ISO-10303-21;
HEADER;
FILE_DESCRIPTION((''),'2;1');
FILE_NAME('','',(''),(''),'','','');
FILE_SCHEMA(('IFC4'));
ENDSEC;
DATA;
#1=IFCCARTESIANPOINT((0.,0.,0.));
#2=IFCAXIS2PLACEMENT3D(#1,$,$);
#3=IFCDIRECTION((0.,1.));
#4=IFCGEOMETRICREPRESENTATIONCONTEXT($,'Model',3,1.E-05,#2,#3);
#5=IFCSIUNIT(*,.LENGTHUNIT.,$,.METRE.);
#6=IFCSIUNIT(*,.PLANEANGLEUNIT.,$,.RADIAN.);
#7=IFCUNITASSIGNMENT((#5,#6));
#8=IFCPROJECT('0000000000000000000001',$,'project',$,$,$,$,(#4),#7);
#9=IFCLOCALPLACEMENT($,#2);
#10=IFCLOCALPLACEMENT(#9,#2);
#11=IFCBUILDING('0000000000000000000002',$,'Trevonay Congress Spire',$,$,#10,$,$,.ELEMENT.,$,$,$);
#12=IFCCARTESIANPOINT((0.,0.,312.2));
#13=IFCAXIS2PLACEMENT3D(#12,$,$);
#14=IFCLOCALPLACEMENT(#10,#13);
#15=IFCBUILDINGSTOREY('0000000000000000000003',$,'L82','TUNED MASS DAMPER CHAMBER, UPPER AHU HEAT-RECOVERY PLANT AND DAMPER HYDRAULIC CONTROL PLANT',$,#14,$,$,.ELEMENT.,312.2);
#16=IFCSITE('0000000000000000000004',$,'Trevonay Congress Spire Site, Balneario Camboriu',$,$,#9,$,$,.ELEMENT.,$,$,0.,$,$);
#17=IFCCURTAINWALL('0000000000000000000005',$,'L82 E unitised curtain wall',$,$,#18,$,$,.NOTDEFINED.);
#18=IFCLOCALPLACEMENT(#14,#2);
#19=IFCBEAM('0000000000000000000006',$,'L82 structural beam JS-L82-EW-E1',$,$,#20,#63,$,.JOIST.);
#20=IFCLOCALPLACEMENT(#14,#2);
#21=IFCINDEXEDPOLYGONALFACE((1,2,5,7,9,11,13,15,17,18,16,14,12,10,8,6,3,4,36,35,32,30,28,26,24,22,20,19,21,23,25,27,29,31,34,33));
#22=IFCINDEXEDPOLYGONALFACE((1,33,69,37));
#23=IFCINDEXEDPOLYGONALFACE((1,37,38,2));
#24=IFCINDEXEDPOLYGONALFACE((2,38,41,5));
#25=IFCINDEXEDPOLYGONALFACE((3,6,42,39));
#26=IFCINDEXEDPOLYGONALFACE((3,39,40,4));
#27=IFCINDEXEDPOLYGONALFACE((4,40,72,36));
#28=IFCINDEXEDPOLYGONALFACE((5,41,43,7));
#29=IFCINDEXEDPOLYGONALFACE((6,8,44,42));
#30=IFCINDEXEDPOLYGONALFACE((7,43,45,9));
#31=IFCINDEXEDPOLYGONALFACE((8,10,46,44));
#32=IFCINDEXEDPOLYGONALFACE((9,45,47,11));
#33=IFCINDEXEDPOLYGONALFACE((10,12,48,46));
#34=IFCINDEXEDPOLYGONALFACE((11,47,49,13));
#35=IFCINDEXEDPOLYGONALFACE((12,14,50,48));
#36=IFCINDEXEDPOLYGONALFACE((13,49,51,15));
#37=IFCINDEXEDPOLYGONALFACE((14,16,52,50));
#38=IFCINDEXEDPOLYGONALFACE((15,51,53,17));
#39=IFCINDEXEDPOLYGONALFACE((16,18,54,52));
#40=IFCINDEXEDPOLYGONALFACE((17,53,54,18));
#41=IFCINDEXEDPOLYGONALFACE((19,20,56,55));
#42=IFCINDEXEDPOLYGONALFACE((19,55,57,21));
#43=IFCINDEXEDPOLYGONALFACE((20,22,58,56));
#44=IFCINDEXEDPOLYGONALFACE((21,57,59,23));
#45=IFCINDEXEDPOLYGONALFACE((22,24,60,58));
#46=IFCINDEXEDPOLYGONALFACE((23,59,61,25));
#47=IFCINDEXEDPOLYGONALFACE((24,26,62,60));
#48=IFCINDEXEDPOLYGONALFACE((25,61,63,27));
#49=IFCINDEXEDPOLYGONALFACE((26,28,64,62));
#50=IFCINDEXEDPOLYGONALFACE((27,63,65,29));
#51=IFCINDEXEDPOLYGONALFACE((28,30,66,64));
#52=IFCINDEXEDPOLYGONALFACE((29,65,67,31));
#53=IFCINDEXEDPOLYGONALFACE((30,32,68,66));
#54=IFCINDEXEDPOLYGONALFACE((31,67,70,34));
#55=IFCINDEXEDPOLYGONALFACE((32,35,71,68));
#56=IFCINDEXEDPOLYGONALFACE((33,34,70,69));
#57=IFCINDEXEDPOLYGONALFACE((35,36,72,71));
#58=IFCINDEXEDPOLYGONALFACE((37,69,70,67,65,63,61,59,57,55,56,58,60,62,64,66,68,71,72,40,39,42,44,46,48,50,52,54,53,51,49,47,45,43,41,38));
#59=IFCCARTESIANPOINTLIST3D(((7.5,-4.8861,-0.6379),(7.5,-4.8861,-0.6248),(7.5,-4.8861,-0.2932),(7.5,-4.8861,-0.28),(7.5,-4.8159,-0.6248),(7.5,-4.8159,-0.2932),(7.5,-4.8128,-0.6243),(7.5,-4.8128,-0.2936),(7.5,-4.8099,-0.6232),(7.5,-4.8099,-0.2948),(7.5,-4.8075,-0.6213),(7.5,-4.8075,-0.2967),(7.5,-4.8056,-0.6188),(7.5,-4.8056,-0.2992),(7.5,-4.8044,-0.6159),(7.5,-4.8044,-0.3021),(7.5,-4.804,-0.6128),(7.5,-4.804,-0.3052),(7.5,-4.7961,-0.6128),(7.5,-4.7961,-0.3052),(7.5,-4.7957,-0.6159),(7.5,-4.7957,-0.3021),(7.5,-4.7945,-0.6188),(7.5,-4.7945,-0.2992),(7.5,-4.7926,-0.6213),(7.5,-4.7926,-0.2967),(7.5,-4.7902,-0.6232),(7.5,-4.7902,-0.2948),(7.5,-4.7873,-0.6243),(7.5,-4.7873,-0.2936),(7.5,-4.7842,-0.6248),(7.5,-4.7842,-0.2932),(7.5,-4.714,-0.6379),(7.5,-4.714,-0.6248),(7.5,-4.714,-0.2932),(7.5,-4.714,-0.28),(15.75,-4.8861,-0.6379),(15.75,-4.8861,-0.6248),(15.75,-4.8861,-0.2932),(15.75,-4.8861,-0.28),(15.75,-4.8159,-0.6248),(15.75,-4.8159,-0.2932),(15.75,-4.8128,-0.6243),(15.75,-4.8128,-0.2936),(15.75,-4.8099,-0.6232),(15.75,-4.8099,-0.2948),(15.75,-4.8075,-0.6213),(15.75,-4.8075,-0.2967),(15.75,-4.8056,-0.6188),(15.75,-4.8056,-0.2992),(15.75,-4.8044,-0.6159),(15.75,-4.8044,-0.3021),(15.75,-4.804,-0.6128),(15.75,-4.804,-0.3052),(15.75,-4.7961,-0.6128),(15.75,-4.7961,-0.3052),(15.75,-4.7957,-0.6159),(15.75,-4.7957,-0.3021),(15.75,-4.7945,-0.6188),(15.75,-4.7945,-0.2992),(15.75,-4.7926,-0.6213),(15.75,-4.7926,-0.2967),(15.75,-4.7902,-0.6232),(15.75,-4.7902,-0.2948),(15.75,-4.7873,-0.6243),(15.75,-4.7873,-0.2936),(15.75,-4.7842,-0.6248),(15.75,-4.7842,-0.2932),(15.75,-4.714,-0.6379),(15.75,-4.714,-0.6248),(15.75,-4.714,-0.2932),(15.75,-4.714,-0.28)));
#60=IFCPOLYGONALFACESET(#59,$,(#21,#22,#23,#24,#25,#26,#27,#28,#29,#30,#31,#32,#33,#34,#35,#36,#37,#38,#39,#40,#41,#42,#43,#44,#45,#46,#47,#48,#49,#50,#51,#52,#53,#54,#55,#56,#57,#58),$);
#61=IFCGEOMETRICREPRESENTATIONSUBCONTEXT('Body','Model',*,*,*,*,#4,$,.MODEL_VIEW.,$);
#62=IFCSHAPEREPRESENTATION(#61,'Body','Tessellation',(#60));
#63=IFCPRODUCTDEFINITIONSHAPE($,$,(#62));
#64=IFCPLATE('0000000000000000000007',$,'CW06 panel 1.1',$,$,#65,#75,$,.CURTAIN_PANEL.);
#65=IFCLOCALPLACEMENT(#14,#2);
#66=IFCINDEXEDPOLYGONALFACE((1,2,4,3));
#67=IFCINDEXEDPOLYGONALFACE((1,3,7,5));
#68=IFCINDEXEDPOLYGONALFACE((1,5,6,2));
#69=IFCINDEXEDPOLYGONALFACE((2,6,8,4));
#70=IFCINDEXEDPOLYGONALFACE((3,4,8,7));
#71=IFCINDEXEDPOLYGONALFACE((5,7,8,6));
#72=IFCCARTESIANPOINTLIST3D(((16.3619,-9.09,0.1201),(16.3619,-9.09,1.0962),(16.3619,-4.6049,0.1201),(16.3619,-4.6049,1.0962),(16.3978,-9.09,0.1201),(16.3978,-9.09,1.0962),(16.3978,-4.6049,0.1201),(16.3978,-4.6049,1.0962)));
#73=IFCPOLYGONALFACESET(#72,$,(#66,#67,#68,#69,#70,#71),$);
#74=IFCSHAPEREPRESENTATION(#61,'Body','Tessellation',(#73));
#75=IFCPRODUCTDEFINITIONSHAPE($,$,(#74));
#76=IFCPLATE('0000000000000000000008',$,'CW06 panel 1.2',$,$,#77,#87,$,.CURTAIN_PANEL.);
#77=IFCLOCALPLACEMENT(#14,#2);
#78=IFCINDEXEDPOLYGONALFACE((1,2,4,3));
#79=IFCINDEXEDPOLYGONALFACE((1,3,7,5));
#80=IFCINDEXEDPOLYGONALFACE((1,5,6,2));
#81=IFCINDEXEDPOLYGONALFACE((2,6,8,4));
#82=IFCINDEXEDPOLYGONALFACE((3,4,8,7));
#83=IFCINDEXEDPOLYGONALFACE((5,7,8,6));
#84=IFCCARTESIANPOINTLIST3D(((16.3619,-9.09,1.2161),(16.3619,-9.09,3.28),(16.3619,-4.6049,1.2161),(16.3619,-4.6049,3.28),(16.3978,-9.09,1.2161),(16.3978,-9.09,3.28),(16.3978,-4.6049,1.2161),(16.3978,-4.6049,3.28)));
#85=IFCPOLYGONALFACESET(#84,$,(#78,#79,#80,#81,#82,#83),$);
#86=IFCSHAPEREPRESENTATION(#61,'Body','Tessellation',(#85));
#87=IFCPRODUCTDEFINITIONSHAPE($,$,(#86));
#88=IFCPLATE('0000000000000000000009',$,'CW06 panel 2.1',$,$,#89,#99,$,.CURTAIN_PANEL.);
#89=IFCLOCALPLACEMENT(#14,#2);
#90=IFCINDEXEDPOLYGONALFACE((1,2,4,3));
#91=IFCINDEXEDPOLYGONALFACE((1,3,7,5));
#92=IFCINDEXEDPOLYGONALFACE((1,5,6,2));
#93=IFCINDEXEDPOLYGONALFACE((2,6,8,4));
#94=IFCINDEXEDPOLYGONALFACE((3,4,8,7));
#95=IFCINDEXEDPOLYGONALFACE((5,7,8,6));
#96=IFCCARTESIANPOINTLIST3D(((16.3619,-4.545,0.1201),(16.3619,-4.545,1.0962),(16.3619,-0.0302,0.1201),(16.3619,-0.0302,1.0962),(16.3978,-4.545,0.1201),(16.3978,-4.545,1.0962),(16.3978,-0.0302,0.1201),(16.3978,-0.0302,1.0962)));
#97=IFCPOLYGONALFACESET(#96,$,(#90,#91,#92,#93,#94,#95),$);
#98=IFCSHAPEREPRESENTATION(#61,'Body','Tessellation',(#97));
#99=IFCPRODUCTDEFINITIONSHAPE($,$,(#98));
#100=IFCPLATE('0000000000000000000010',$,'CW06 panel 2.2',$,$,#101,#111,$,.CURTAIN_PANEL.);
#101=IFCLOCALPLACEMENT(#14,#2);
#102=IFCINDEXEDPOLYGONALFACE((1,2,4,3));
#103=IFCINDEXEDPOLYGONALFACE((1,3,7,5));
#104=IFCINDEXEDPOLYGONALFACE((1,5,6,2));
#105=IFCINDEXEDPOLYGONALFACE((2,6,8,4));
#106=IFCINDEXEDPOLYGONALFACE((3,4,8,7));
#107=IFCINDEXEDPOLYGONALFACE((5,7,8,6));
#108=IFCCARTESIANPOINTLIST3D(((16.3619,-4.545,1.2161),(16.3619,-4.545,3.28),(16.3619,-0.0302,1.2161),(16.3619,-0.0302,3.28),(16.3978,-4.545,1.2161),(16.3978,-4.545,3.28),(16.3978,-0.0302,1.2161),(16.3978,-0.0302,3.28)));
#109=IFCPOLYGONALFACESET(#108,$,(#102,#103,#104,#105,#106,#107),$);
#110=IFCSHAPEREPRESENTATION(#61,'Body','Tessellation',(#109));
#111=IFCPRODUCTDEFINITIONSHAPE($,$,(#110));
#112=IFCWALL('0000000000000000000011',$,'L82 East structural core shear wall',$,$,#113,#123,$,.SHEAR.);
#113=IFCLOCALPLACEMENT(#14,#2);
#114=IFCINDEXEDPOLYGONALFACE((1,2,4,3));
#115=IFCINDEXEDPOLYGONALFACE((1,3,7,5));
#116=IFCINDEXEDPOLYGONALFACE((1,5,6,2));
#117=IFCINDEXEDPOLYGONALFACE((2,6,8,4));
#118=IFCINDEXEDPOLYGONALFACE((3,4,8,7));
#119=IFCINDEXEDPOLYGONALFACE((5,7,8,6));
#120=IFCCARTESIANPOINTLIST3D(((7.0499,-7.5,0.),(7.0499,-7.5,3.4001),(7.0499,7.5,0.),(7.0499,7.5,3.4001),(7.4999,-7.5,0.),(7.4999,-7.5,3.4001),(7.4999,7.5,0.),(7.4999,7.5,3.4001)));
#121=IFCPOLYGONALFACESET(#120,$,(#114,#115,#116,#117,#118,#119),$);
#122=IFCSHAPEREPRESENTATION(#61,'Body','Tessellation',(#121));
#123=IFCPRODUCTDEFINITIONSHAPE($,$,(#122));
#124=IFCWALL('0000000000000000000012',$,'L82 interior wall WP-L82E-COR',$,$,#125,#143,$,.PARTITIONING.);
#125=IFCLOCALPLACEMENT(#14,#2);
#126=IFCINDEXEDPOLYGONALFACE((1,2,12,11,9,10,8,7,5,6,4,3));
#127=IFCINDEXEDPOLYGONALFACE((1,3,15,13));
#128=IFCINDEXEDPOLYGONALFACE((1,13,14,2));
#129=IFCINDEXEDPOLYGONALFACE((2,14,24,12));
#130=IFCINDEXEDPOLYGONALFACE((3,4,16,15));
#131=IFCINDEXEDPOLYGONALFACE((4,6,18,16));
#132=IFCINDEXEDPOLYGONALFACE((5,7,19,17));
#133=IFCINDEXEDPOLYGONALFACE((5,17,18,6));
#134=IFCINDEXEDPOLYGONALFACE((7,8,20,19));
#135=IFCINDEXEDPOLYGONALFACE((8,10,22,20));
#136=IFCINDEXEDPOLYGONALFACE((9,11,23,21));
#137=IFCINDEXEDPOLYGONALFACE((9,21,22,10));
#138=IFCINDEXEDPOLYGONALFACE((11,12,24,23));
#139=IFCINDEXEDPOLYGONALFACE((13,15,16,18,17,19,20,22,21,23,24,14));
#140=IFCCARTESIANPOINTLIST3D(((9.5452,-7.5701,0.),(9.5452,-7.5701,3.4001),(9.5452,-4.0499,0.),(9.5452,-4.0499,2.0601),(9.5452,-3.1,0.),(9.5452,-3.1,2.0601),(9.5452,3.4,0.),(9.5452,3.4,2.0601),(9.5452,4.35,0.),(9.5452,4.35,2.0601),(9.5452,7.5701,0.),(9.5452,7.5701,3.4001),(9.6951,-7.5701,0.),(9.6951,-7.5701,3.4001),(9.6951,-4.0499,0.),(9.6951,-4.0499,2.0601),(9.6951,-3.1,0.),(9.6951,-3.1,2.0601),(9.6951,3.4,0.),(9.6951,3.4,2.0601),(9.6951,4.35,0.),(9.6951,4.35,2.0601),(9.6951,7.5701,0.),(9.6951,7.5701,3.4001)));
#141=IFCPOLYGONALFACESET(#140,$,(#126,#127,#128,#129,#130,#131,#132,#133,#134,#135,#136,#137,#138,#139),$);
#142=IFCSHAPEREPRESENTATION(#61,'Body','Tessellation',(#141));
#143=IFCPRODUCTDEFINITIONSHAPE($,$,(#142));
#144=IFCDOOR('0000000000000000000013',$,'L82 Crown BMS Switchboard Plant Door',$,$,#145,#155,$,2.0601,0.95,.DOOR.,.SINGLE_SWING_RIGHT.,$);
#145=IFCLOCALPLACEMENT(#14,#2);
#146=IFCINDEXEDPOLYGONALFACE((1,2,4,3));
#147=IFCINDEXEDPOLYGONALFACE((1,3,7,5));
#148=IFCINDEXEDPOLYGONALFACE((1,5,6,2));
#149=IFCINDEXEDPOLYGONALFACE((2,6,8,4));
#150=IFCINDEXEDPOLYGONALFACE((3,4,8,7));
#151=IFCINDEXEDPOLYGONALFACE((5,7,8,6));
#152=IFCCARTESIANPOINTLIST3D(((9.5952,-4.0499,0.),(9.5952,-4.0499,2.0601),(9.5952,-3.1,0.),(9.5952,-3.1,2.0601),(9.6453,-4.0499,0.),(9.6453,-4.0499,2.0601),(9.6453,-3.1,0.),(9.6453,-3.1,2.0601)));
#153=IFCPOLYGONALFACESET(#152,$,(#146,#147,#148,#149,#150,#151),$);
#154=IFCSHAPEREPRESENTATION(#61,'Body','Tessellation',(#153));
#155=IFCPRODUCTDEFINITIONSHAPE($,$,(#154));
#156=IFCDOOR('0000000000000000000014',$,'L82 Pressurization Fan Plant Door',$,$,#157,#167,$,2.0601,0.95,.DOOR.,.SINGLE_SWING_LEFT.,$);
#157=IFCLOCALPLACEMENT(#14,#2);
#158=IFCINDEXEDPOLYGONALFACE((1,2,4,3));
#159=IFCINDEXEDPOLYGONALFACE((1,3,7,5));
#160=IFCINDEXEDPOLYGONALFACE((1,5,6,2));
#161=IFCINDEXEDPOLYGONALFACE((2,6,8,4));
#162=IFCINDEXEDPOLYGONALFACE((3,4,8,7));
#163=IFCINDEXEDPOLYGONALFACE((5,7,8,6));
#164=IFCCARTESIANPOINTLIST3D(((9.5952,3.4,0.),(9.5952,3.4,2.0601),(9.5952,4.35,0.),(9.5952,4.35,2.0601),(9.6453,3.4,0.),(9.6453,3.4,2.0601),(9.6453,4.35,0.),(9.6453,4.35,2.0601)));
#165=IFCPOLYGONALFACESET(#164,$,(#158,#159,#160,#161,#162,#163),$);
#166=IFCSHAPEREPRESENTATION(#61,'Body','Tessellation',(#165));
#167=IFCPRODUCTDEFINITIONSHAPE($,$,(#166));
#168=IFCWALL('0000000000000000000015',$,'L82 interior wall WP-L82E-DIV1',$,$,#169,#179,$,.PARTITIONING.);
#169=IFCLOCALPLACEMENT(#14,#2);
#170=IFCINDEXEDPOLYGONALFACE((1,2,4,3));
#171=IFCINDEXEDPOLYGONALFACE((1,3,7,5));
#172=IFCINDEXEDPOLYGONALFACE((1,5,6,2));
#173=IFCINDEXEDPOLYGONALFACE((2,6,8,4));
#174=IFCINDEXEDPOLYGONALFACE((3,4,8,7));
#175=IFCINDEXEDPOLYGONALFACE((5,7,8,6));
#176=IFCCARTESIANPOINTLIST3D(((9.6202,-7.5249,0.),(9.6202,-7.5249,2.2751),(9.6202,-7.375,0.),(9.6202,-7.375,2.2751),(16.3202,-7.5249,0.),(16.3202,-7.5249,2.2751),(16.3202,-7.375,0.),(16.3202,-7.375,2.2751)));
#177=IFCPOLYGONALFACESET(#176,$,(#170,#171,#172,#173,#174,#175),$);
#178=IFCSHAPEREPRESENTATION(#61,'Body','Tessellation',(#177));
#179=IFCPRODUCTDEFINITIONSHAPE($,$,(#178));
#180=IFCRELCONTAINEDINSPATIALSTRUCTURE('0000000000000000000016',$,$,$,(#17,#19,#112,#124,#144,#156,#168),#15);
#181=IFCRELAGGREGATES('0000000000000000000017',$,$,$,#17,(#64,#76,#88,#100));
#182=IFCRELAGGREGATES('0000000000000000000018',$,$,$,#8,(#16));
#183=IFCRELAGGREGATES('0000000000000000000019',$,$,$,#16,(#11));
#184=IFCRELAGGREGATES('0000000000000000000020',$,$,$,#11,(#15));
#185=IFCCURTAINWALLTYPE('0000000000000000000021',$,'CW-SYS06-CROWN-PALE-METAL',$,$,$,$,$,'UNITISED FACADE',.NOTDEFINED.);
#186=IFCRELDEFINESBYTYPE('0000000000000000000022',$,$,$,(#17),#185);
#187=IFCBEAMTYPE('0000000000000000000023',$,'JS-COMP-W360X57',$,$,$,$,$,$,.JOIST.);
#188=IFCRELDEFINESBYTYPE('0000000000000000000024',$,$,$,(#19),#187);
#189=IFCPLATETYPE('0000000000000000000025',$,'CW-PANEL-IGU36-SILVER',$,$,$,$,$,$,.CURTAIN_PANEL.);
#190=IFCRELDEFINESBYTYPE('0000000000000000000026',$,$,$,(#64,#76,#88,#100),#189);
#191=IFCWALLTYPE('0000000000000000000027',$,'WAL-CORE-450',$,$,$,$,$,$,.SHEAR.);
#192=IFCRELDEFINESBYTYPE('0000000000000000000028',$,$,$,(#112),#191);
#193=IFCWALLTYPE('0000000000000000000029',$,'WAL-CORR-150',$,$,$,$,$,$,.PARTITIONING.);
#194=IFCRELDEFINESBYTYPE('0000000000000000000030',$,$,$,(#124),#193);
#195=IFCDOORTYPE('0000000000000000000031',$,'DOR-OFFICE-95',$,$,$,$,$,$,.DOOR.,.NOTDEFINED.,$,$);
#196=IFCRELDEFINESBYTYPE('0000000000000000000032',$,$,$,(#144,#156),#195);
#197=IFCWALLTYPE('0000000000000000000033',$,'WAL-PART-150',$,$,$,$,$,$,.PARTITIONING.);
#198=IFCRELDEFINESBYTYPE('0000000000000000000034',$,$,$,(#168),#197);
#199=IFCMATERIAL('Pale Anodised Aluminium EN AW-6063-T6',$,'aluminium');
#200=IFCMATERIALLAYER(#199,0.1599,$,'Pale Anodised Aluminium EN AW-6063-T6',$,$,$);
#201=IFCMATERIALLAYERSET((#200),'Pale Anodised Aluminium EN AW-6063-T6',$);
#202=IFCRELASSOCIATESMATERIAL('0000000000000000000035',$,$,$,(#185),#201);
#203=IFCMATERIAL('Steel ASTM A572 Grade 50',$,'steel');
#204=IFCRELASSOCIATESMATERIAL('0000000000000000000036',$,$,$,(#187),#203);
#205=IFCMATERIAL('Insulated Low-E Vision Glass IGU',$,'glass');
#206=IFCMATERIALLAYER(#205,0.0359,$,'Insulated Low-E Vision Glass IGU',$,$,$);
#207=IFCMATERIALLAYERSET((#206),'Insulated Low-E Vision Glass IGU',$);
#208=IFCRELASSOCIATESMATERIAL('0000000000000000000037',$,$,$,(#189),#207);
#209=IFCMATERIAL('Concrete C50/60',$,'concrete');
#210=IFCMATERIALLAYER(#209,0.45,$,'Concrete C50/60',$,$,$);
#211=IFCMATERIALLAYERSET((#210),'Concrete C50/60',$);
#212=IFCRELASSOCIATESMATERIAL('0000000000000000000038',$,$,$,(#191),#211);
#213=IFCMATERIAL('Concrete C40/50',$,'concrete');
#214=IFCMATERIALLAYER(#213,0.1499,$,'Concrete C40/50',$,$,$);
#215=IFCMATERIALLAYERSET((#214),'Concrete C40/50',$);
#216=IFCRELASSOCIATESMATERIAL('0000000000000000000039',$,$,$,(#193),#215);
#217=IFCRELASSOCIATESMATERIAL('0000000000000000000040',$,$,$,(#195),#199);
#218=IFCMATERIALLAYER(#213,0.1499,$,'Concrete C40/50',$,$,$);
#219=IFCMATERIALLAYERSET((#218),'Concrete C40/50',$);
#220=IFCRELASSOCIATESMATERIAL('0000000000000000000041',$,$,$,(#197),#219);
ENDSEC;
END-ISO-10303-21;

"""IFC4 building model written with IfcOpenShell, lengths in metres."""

from ifc_helpers import new_model, si_unit, direction, frame, frame_2d, origin, origin_2d, place, context, subcontext, project, spatial, rectangle, i_section, extrude, material, layer, layer_set, material_profile, profile_set, type_object, element, fill, aggregate, save


model = new_model("IFC4")

# Units and contexts
model_context = context("Model", 3, precision=1e-05, world=origin(), true_north=direction((0.0, 1.0)))
body_context = subcontext(model_context, "Body", "Model", "MODEL_VIEW")
ifc_project = project(units=[si_unit("LENGTHUNIT", "METRE"), si_unit("PLANEANGLEUNIT", "RADIAN")], contexts=[model_context])

# Site, building, storey
site_placement = place(None, origin())
site = spatial("IfcSite", under=ifc_project, at=site_placement, Name="Trevonay Congress Spire Site, Balneario Camboriu", CompositionType="ELEMENT", RefElevation=0.0)
building_placement = place(site_placement, origin())
building = spatial("IfcBuilding", under=site, at=building_placement, Name="Trevonay Congress Spire", CompositionType="ELEMENT")
storey_placement = place(building_placement, frame((0.0, 0.0, 312.2)))
storey = spatial("IfcBuildingStorey", under=building, at=storey_placement, Name="L82", Description="TUNED MASS DAMPER CHAMBER, UPPER AHU HEAT-RECOVERY PLANT AND DAMPER HYDRAULIC CONTROL PLANT", CompositionType="ELEMENT", Elevation=312.2)

# Shared definitions
ifc_material_1 = material(Name="Steel ASTM A572 Grade 50", Category="steel")

# Curtain wall
ifc_material_2 = material(Name="Pale Anodised Aluminium EN AW-6063-T6", Category="aluminium")
ifc_layer_1 = layer(ifc_material_2, 0.1599, Name="Pale Anodised Aluminium EN AW-6063-T6")
ifc_layer_set_1 = layer_set([ifc_layer_1], Name="Pale Anodised Aluminium EN AW-6063-T6")
curtain_wall_type = type_object("IfcCurtainWallType", Name="CW-SYS06-CROWN-PALE-METAL", ElementType="UNITISED FACADE", PredefinedType="NOTDEFINED", material=ifc_layer_set_1)
curtain_wall_placement = place(storey_placement, origin())
curtain_wall = element("IfcCurtainWall", 1, at=curtain_wall_placement, inside=storey, type_object=curtain_wall_type, Name="L82 E unitised curtain wall", PredefinedType="NOTDEFINED")

# Beam
ifc_material_profile_1 = material_profile(ifc_material_1, i_section(OverallWidth=0.1721, OverallDepth=0.3579, WebThickness=0.0078, FlangeThickness=0.0132, FilletRadius=0.012, at=origin_2d()), Name="W360x57.8")
ifc_profile_set_1 = profile_set([ifc_material_profile_1], Name="Steel ASTM A572 Grade 50")
beam_type_1 = type_object("IfcBeamType", Name="JS-COMP-W360X57", PredefinedType="JOIST", material=ifc_profile_set_1)
beam_1_placement = place(storey_placement, frame((7.5, -4.8, -0.459), z_axis=(1.0, 0.0, 0.0), x_axis=(0.0, 1.0, 0.0)))
element("IfcBeam", 2, at=beam_1_placement, inside=storey, type_object=beam_type_1, Name="L82 structural beam JS-L82-EW-E1", PredefinedType="JOIST", context=body_context, shape_type="SweptSolid", body=[
    extrude(i_section(OverallWidth=0.1721, OverallDepth=0.3579, WebThickness=0.0078, FlangeThickness=0.0132, FilletRadius=0.012, at=origin_2d()), origin(), (0.0, 0.0, 1.0), 8.25),
])

# Plates
ifc_material_3 = material(Name="Insulated Low-E Vision Glass IGU", Category="glass")
ifc_layer_2 = layer(ifc_material_3, 0.0359, Name="Insulated Low-E Vision Glass IGU")
ifc_layer_set_2 = layer_set([ifc_layer_2], Name="Insulated Low-E Vision Glass IGU")
plate_type = type_object("IfcPlateType", Name="CW-PANEL-IGU36-SILVER", PredefinedType="CURTAIN_PANEL", material=ifc_layer_set_2)
plate_1_placement = place(storey_placement, frame((16.3799, -6.8474, 0.1201), z_axis=(0.0, 0.0, 1.0), x_axis=(0.0, 1.0, 0.0)))
plate_1 = element("IfcPlate", 3, at=plate_1_placement, type_object=plate_type, Name="CW06 panel 1.1", PredefinedType="CURTAIN_PANEL", context=body_context, shape_type="SweptSolid", body=[
    extrude(rectangle(XDim=4.4851, YDim=0.0359, at=origin_2d()), origin(), (0.0, 0.0, 1.0), 0.9761),
])
plate_2_placement = place(storey_placement, frame((16.3799, -6.8474, 1.2161), z_axis=(0.0, 0.0, 1.0), x_axis=(0.0, 1.0, 0.0)))
plate_2 = element("IfcPlate", 4, at=plate_2_placement, type_object=plate_type, Name="CW06 panel 1.2", PredefinedType="CURTAIN_PANEL", context=body_context, shape_type="SweptSolid", body=[
    extrude(rectangle(XDim=4.4851, YDim=0.0359, at=origin_2d()), origin(), (0.0, 0.0, 1.0), 2.064),
])
plate_3_placement = place(storey_placement, frame((16.3799, -2.2876, 0.1201), z_axis=(0.0, 0.0, 1.0), x_axis=(0.0, 1.0, 0.0)))
plate_3 = element("IfcPlate", 5, at=plate_3_placement, type_object=plate_type, Name="CW06 panel 2.1", PredefinedType="CURTAIN_PANEL", context=body_context, shape_type="SweptSolid", body=[
    extrude(rectangle(XDim=4.5149, YDim=0.0359, at=origin_2d()), origin(), (0.0, 0.0, 1.0), 0.9761),
])
plate_4_placement = place(storey_placement, frame((16.3799, -2.2876, 1.2161), z_axis=(0.0, 0.0, 1.0), x_axis=(0.0, 1.0, 0.0)))
plate_4 = element("IfcPlate", 6, at=plate_4_placement, type_object=plate_type, Name="CW06 panel 2.2", PredefinedType="CURTAIN_PANEL", context=body_context, shape_type="SweptSolid", body=[
    extrude(rectangle(XDim=4.5149, YDim=0.0359, at=origin_2d()), origin(), (0.0, 0.0, 1.0), 2.064),
])
aggregate(curtain_wall, [plate_1, plate_2, plate_3, plate_4])

# Wall
ifc_material_4 = material(Name="Concrete C50/60", Category="concrete")
ifc_layer_3 = layer(ifc_material_4, 0.45, Name="Concrete C50/60")
ifc_layer_set_3 = layer_set([ifc_layer_3], Name="Concrete C50/60")
wall_type_1 = type_object("IfcWallType", Name="WAL-CORE-450", PredefinedType="SHEAR", material=ifc_layer_set_3)
wall_1_placement = place(storey_placement, frame((7.2749, -7.5, 0.0), z_axis=(0.0, 0.0, 1.0), x_axis=(0.0, 1.0, 0.0)))
element("IfcWall", 7, at=wall_1_placement, inside=storey, type_object=wall_type_1, Name="L82 East structural core shear wall", PredefinedType="SHEAR", context=body_context, shape_type="SweptSolid", body=[
    extrude(rectangle(XDim=15.0, YDim=0.45, at=frame_2d((7.5, 0.0))), origin(), (0.0, 0.0, 1.0), 3.4001),
])

# Wall, openings, doors
ifc_material_5 = material(Name="Concrete C40/50", Category="concrete")
ifc_layer_4 = layer(ifc_material_5, 0.1499, Name="Concrete C40/50")
ifc_layer_set_4 = layer_set([ifc_layer_4], Name="Concrete C40/50")
wall_type_2 = type_object("IfcWallType", Name="WAL-CORR-150", PredefinedType="PARTITIONING", material=ifc_layer_set_4)
wall_2_placement = place(storey_placement, frame((9.6201, -7.5701, 0.0), z_axis=(0.0, 0.0, 1.0), x_axis=(0.0, 1.0, 0.0)))
wall_2 = element("IfcWall", 8, at=wall_2_placement, inside=storey, type_object=wall_type_2, Name="L82 interior wall WP-L82E-COR", PredefinedType="PARTITIONING", context=body_context, shape_type="SweptSolid", body=[
    extrude(rectangle(XDim=15.1401, YDim=0.1499, at=frame_2d((7.5701, 0.0))), origin(), (0.0, 0.0, 1.0), 3.4001),
])
opening_1_placement = place(wall_2_placement, frame((3.52, 0.0, 0.0)))
opening_1 = element("IfcOpeningElement", 9, at=opening_1_placement, cuts=wall_2, PredefinedType="OPENING", context=body_context, shape_type="SweptSolid", body=[
    extrude(rectangle(XDim=0.95, YDim=2.0601, at=frame_2d((0.4751, 1.03))), frame((0.0, 0.085, 0.0), z_axis=(0.0, -1.0, 0.0), x_axis=(1.0, 0.0, 0.0)), (0.0, 0.0, 1.0), 0.1699),
])
opening_2_placement = place(wall_2_placement, frame((10.97, 0.0, 0.0)))
opening_2 = element("IfcOpeningElement", 10, at=opening_2_placement, cuts=wall_2, PredefinedType="OPENING", context=body_context, shape_type="SweptSolid", body=[
    extrude(rectangle(XDim=0.95, YDim=2.0601, at=frame_2d((0.4751, 1.03))), frame((0.0, 0.085, 0.0), z_axis=(0.0, -1.0, 0.0), x_axis=(1.0, 0.0, 0.0)), (0.0, 0.0, 1.0), 0.1699),
])
door_type = type_object("IfcDoorType", Name="DOR-OFFICE-95", OperationType="NOTDEFINED", PredefinedType="DOOR", material=ifc_material_2)
door_1_placement = place(opening_1_placement, origin())
door_1 = element("IfcDoor", 11, at=door_1_placement, inside=storey, type_object=door_type, Name="L82 Crown BMS Switchboard Plant Door", OperationType="SINGLE_SWING_RIGHT", OverallHeight=2.0601, OverallWidth=0.95, PredefinedType="DOOR", context=body_context, shape_type="SweptSolid", body=[
    extrude(rectangle(XDim=0.95, YDim=2.0601, at=frame_2d((0.4751, 1.03))), frame((0.0, 0.0249, 0.0), z_axis=(0.0, -1.0, 0.0), x_axis=(1.0, 0.0, 0.0)), (0.0, 0.0, 1.0), 0.05),
])
fill(opening_1, door_1)
door_2_placement = place(opening_2_placement, origin())
door_2 = element("IfcDoor", 12, at=door_2_placement, inside=storey, type_object=door_type, Name="L82 Pressurization Fan Plant Door", OperationType="SINGLE_SWING_LEFT", OverallHeight=2.0601, OverallWidth=0.95, PredefinedType="DOOR", context=body_context, shape_type="SweptSolid", body=[
    extrude(rectangle(XDim=0.95, YDim=2.0601, at=frame_2d((0.4751, 1.03))), frame((0.0, 0.0249, 0.0), z_axis=(0.0, -1.0, 0.0), x_axis=(1.0, 0.0, 0.0)), (0.0, 0.0, 1.0), 0.05),
])
fill(opening_2, door_2)

# Wall
ifc_layer_5 = layer(ifc_material_5, 0.1499, Name="Concrete C40/50")
ifc_layer_set_5 = layer_set([ifc_layer_5], Name="Concrete C40/50")
wall_type_3 = type_object("IfcWallType", Name="WAL-PART-150", PredefinedType="PARTITIONING", material=ifc_layer_set_5)
wall_3_placement = place(storey_placement, frame((9.6201, -7.45, 0.0), z_axis=(0.0, 0.0, 1.0), x_axis=(1.0, 0.0, 0.0)))
element("IfcWall", 13, at=wall_3_placement, inside=storey, type_object=wall_type_3, Name="L82 interior wall WP-L82E-DIV1", PredefinedType="PARTITIONING", context=body_context, shape_type="SweptSolid", body=[
    extrude(rectangle(XDim=6.7, YDim=0.1499, at=frame_2d((3.3501, 0.0))), origin(), (0.0, 0.0, 1.0), 2.2751),
])

save(model, "model.ifc")
